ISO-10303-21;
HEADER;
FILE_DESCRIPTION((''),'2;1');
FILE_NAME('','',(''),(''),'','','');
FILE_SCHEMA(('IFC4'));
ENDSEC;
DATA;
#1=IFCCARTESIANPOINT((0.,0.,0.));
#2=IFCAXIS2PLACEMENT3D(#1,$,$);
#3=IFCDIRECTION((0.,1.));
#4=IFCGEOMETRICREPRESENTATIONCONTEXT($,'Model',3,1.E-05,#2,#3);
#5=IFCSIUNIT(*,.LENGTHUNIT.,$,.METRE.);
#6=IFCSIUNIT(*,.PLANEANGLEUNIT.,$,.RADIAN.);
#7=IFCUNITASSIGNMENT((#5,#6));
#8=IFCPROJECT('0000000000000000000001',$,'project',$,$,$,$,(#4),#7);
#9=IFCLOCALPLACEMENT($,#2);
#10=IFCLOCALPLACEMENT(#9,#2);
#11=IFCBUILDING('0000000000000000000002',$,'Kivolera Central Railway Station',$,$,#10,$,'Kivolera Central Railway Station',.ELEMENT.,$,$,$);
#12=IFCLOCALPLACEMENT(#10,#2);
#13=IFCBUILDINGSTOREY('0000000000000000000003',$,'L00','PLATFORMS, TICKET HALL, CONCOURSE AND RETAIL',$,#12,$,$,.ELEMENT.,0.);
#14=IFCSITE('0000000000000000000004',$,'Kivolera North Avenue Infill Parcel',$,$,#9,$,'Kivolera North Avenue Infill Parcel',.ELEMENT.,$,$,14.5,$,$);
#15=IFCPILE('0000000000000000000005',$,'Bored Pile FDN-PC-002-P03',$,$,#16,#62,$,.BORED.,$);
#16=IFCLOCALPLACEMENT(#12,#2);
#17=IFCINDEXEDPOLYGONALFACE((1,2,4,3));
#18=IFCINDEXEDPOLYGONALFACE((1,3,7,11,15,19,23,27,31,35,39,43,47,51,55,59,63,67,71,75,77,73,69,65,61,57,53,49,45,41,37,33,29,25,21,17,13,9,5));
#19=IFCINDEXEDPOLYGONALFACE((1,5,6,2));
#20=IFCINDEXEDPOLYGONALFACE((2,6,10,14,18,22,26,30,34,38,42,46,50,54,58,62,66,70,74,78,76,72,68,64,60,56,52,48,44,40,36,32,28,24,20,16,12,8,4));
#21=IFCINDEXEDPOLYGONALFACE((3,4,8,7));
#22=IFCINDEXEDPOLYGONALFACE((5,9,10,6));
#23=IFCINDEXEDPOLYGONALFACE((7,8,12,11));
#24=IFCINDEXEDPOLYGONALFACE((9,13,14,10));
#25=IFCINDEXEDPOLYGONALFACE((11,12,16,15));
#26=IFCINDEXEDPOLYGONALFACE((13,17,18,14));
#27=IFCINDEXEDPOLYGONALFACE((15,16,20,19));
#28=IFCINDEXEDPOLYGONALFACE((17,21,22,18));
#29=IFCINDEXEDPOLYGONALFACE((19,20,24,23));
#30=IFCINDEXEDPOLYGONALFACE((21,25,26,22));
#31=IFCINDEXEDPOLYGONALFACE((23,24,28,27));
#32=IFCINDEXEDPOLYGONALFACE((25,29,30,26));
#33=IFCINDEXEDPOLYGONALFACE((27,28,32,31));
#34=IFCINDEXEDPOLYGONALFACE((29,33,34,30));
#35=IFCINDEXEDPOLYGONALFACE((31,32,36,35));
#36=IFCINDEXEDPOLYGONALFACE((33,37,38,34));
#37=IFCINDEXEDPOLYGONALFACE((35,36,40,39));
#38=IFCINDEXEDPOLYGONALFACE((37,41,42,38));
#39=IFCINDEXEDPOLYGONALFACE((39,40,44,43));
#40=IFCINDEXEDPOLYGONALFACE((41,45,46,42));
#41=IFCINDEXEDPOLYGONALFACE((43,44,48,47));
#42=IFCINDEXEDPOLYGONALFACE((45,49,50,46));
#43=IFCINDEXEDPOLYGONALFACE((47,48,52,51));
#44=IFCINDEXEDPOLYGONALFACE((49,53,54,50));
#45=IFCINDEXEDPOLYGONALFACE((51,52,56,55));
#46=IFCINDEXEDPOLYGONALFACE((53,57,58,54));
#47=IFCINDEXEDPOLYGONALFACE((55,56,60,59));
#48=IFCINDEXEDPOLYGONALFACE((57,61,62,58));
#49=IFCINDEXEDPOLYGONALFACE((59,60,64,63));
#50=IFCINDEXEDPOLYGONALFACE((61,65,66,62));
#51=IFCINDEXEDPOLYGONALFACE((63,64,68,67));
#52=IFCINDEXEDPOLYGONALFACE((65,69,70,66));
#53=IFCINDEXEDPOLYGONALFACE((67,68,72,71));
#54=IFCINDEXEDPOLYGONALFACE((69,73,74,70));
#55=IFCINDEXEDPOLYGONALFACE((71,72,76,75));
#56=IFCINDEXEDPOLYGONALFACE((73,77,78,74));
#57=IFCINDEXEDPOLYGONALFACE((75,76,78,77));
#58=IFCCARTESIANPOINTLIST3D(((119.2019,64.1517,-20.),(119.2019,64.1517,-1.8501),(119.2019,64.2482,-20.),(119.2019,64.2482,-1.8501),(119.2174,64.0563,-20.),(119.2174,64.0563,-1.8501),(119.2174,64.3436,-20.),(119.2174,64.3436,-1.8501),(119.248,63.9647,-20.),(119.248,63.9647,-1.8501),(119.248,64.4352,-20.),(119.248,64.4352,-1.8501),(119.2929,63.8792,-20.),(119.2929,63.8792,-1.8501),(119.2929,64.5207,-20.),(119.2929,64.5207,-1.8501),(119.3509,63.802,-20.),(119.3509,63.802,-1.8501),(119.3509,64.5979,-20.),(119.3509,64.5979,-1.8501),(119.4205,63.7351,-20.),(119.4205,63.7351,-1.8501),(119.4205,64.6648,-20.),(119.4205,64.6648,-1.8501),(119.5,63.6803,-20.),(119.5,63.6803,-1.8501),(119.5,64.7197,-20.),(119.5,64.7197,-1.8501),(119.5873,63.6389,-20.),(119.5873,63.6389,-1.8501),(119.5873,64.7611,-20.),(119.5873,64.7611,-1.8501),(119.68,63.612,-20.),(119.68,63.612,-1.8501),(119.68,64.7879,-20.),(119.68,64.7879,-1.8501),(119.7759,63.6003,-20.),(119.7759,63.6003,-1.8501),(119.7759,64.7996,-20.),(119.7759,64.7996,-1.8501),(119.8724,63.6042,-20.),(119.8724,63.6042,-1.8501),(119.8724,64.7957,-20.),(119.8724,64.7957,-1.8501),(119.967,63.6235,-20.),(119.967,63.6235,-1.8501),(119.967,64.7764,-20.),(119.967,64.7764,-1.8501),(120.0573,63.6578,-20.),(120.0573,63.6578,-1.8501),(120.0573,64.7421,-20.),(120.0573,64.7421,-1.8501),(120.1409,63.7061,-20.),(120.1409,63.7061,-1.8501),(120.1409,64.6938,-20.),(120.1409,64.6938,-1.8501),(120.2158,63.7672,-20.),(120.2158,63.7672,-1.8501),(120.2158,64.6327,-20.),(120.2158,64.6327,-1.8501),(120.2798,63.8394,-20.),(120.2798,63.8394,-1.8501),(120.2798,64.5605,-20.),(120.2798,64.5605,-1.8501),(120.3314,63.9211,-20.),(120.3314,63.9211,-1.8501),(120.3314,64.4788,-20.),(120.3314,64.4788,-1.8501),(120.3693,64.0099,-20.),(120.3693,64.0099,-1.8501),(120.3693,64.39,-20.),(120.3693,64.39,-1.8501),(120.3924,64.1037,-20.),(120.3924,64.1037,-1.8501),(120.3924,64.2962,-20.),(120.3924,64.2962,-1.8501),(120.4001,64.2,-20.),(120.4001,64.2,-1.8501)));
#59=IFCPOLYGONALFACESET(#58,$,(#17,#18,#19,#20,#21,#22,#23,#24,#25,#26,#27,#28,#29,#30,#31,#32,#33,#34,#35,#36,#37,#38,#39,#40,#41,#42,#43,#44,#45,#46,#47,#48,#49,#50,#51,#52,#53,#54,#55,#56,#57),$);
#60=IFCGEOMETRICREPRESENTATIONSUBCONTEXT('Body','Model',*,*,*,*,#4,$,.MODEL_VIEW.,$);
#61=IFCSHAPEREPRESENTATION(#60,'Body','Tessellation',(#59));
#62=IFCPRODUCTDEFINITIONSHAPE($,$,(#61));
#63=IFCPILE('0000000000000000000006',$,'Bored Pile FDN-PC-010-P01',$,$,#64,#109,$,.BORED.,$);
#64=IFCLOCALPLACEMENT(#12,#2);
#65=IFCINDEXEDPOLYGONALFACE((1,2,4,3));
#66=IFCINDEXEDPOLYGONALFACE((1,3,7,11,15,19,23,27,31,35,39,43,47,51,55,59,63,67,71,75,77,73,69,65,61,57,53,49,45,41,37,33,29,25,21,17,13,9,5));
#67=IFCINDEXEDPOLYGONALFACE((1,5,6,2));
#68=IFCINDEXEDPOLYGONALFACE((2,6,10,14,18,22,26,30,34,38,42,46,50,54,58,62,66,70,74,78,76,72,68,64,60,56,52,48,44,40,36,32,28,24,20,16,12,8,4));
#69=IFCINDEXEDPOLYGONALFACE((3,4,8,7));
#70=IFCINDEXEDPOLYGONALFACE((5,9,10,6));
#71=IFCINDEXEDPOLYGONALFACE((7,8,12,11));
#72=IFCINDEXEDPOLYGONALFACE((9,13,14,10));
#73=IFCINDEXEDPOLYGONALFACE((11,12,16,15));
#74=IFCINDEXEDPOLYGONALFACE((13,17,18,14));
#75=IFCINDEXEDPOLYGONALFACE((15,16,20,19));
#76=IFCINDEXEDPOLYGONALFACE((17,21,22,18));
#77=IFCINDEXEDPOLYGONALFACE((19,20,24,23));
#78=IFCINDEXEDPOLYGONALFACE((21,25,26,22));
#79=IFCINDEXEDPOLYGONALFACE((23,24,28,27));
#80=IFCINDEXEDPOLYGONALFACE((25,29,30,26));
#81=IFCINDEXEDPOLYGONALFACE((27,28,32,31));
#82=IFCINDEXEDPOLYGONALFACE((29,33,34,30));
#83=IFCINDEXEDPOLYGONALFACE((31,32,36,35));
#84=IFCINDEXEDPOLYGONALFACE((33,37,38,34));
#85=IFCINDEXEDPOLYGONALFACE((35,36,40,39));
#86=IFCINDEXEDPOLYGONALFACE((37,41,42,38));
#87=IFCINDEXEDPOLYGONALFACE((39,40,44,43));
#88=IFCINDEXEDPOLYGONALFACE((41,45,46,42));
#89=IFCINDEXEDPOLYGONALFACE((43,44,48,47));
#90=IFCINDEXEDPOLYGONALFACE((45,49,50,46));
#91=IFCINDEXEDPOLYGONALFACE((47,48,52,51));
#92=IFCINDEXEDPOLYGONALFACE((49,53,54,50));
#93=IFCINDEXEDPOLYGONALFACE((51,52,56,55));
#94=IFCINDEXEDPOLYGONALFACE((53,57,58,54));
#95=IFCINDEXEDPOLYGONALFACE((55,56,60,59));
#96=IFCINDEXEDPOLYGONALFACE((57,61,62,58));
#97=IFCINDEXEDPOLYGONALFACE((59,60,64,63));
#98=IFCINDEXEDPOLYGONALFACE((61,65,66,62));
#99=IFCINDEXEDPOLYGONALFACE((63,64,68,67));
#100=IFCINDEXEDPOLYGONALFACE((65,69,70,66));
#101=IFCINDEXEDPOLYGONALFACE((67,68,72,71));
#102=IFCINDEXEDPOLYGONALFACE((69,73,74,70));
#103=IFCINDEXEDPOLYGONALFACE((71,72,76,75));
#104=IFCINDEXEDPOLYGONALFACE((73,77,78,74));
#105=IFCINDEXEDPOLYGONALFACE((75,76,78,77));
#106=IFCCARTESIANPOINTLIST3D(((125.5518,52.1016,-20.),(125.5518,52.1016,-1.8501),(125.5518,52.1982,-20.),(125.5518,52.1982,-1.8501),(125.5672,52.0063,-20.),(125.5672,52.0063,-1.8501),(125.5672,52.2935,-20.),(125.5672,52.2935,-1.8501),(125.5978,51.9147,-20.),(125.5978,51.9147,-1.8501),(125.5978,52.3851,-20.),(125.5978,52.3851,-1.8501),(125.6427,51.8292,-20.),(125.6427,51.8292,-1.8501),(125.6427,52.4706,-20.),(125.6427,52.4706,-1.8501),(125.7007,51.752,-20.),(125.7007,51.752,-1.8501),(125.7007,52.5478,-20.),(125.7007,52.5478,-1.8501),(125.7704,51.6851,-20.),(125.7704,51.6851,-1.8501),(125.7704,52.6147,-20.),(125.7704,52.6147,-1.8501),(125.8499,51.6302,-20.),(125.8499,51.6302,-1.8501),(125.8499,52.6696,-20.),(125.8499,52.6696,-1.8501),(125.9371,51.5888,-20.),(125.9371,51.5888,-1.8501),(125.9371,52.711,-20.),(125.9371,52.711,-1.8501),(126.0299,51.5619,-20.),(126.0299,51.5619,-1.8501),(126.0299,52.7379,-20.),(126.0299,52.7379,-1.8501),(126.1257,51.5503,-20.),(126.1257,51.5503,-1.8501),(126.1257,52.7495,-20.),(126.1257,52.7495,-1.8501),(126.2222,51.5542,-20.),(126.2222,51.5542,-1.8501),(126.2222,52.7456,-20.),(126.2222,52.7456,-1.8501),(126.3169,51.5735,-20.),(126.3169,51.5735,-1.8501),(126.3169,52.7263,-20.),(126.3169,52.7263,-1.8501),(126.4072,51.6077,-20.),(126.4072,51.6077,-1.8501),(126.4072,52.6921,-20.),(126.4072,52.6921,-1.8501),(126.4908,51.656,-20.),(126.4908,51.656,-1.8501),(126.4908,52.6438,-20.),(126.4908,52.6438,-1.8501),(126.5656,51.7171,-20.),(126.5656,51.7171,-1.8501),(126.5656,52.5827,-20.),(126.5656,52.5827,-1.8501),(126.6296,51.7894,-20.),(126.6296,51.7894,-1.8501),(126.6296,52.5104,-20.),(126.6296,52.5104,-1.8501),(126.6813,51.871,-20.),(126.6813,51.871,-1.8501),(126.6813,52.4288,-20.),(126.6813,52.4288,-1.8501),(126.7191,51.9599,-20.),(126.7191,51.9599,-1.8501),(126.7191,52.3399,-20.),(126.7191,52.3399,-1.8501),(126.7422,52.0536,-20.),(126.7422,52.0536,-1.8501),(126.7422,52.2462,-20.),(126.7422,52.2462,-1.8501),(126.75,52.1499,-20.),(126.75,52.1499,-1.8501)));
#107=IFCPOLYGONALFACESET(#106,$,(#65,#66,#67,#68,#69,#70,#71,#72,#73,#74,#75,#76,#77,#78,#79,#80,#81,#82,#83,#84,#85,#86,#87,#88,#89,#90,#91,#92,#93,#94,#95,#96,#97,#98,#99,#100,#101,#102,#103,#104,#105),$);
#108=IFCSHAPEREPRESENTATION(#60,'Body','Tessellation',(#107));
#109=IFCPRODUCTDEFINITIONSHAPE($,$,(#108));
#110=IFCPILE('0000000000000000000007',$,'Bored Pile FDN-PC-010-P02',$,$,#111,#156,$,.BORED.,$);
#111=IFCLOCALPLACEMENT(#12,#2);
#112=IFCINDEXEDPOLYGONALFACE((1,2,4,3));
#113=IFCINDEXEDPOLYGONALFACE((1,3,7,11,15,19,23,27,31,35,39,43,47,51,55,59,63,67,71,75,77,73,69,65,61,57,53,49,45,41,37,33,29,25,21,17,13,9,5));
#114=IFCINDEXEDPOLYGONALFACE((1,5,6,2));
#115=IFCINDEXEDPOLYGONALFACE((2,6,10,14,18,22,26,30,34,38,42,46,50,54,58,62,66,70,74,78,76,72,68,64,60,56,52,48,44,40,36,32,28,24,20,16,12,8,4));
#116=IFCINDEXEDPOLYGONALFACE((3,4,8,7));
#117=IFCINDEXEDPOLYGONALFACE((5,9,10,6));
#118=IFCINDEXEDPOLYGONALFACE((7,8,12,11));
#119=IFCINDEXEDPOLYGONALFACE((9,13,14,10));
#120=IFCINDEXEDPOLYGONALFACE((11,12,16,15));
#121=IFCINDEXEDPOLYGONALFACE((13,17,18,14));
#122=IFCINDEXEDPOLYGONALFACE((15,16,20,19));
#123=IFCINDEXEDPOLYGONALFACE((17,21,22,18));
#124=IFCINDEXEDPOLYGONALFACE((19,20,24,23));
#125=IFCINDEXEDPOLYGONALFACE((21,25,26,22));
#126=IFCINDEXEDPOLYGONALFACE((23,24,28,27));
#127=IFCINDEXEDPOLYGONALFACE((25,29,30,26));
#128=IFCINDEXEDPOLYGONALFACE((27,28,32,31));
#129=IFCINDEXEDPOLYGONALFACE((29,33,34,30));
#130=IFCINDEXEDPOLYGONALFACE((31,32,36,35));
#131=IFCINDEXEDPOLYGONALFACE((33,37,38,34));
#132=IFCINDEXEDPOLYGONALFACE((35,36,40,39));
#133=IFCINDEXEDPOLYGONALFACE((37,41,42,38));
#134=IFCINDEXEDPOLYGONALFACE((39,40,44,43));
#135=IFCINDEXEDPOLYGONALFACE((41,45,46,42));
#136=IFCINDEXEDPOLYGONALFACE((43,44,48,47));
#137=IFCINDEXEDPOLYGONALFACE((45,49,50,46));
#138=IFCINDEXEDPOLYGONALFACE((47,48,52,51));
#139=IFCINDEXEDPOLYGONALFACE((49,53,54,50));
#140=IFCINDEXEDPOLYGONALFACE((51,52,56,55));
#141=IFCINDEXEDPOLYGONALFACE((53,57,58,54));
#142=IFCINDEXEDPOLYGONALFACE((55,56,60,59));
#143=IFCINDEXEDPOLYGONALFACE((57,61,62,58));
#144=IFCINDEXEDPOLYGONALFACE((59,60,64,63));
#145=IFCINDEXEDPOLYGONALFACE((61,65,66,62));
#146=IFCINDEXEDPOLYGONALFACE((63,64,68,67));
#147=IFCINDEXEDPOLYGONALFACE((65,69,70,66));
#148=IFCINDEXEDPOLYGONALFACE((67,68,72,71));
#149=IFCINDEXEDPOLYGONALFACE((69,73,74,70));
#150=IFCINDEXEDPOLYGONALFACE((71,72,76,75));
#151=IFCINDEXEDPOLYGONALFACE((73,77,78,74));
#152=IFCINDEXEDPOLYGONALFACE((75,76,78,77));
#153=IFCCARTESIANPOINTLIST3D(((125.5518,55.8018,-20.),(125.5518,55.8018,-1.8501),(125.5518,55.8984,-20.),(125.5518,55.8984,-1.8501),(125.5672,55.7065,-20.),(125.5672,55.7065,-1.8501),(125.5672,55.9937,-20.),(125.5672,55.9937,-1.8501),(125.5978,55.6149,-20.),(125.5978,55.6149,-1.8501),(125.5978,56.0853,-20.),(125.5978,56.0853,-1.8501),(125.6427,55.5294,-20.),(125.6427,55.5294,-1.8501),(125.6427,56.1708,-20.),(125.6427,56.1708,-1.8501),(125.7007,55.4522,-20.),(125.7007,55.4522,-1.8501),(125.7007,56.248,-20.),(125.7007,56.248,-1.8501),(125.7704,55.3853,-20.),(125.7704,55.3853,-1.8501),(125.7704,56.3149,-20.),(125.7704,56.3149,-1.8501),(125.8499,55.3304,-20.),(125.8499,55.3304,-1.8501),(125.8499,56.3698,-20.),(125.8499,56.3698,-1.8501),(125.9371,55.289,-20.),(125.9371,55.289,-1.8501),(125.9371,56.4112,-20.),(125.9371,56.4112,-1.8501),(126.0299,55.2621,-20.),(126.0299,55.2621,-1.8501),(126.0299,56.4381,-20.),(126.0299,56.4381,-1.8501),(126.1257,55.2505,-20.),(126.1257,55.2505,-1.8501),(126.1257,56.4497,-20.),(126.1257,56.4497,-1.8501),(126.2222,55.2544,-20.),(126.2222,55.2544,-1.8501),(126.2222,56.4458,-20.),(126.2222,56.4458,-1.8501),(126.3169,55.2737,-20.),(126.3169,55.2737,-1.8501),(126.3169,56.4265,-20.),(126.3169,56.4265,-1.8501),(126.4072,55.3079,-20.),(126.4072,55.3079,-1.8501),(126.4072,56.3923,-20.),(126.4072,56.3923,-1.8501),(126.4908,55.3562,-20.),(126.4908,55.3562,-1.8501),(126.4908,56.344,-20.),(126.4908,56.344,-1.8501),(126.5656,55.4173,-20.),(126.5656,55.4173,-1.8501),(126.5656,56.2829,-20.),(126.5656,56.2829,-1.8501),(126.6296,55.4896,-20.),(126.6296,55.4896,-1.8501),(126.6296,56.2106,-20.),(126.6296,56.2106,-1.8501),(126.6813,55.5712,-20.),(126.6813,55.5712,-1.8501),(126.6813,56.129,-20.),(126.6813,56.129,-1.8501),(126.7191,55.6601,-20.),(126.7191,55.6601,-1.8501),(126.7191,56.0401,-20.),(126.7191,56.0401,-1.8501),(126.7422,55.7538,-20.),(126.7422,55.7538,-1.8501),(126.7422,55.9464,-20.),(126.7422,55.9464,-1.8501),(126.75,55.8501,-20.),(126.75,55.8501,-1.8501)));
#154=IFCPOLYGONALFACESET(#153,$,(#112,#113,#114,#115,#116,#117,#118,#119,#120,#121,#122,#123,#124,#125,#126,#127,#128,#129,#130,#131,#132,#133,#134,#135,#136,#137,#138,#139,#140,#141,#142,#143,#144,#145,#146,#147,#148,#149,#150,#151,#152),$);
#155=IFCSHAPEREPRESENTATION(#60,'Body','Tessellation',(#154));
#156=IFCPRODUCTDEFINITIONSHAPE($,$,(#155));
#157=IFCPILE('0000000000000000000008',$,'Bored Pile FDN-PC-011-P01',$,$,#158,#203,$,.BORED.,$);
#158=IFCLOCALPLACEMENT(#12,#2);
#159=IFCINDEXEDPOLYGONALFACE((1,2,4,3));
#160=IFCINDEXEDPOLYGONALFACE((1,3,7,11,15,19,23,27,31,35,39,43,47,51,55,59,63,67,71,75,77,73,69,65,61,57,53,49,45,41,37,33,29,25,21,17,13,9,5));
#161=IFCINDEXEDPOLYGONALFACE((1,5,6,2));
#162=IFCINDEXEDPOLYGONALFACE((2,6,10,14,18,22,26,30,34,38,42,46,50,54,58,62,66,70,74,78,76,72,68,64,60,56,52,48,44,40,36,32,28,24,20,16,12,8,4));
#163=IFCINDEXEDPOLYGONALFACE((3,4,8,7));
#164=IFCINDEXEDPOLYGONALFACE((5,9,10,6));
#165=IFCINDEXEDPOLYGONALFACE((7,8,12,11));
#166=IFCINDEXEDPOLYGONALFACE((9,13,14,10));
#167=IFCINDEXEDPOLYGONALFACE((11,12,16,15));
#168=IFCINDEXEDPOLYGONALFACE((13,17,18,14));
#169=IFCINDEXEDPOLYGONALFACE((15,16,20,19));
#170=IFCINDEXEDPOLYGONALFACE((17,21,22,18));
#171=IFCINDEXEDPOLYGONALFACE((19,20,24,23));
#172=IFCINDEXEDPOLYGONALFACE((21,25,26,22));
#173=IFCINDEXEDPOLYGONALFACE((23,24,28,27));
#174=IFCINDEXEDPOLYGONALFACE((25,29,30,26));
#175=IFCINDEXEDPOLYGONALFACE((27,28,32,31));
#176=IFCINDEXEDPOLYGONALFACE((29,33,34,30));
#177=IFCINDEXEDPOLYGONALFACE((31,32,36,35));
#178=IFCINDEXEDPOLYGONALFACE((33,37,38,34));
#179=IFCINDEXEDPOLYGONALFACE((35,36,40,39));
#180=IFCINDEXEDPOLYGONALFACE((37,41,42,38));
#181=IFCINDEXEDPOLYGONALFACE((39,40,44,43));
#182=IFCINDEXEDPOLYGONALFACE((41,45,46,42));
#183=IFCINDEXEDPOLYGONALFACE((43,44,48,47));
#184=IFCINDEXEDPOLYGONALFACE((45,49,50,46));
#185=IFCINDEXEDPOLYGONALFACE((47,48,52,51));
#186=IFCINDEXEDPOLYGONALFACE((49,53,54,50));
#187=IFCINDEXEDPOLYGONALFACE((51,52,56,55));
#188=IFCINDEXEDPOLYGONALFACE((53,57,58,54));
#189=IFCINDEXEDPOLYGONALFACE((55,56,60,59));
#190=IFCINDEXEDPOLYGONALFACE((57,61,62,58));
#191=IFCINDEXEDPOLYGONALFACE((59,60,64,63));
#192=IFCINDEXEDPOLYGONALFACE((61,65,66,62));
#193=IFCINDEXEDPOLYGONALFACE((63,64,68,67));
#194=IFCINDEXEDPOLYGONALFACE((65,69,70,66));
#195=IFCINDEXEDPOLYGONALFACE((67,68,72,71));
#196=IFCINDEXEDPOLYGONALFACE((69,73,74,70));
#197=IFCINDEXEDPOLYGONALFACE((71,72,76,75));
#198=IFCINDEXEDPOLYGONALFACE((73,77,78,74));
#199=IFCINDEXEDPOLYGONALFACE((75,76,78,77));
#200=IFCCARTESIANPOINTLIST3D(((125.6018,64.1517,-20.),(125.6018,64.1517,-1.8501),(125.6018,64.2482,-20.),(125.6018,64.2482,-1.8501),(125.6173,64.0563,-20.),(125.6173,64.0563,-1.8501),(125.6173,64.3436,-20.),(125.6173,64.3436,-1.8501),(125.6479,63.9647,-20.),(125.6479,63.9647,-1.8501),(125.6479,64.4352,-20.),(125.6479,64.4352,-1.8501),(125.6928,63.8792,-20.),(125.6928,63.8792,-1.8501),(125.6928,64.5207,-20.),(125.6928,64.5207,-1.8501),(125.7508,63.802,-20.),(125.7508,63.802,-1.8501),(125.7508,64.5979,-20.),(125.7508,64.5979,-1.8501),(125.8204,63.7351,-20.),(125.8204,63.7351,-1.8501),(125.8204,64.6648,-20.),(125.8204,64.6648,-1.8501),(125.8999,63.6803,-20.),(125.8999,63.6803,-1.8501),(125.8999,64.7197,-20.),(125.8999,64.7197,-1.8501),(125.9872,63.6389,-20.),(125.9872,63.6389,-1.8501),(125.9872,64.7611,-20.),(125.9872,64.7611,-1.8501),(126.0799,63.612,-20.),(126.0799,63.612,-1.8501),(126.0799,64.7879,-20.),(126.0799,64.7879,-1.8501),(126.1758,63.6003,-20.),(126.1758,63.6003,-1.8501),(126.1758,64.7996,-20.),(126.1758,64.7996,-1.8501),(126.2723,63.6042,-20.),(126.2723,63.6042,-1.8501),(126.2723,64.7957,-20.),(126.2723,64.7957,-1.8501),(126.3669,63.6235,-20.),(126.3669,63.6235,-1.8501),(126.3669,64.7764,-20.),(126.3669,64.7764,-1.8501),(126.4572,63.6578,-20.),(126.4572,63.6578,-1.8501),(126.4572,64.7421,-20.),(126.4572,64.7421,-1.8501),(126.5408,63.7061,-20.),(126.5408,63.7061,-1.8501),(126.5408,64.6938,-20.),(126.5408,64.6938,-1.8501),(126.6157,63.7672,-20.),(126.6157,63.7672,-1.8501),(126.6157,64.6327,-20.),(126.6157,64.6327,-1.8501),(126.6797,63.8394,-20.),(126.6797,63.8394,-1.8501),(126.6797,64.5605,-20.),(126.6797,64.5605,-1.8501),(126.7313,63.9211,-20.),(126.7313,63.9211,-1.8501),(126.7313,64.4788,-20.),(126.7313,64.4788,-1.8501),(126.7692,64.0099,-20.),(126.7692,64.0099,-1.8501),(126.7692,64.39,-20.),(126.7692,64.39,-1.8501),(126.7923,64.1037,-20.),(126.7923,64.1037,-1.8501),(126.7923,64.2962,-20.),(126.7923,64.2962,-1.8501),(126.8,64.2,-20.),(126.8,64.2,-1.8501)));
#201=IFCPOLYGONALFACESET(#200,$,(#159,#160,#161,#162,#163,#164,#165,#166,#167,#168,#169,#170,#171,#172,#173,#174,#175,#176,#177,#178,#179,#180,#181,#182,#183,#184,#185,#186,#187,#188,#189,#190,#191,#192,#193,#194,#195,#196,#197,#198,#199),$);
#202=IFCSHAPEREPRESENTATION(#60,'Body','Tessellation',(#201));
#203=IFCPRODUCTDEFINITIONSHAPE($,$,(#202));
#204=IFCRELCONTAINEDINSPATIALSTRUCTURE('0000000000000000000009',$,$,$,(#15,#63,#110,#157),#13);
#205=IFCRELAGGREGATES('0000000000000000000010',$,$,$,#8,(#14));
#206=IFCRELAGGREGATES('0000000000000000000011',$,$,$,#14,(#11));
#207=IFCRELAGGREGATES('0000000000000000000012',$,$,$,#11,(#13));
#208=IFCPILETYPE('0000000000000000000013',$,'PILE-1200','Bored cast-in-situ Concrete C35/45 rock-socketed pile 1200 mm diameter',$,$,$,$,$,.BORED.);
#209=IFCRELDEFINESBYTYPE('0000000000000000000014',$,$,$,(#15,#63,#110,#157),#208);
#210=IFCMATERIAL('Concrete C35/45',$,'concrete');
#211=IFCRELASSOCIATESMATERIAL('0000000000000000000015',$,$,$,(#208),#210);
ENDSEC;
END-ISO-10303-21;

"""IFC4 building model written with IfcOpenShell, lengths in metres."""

from ifc_helpers import new_model, si_unit, direction, frame, origin, origin_2d, place, context, subcontext, project, spatial, circle, extrude, material, material_profile, profile_set, type_object, element, save


model = new_model("IFC4")

# Units and contexts
model_context = context("Model", 3, precision=1e-05, world=origin(), true_north=direction((0.0, 1.0)))
body_context = subcontext(model_context, "Body", "Model", "MODEL_VIEW")
ifc_project = project(units=[si_unit("LENGTHUNIT", "METRE"), si_unit("PLANEANGLEUNIT", "RADIAN")], contexts=[model_context])

# Site, building, storey
site_placement = place(None, origin())
site = spatial("IfcSite", under=ifc_project, at=site_placement, Name="Kivolera North Avenue Infill Parcel", LongName="Kivolera North Avenue Infill Parcel", CompositionType="ELEMENT", RefElevation=14.5)
building_placement = place(site_placement, origin())
building = spatial("IfcBuilding", under=site, at=building_placement, Name="Kivolera Central Railway Station", LongName="Kivolera Central Railway Station", CompositionType="ELEMENT")
storey_placement = place(building_placement, origin())
storey = spatial("IfcBuildingStorey", under=building, at=storey_placement, Name="L00", Description="PLATFORMS, TICKET HALL, CONCOURSE AND RETAIL", CompositionType="ELEMENT", Elevation=0.0)

# Shared definitions
ifc_material_1 = material(Name="Concrete C35/45", Category="concrete")

# Piles
ifc_material_profile_1 = material_profile(ifc_material_1, circle(Radius=0.6001, at=origin_2d()), Name="PILE D1200")
ifc_profile_set_1 = profile_set([ifc_material_profile_1], Name="Concrete C35/45")
pile_type_1 = type_object("IfcPileType", Name="PILE-1200", Description="Bored cast-in-situ Concrete C35/45 rock-socketed pile 1200 mm diameter", PredefinedType="BORED", material=ifc_profile_set_1)
for number, where, z_axis, x_axis, name in (
    (1, (119.8, 64.2, -1.8501), (0.0, 0.0, -1.0), (1.0, 0.0, 0.0), "Bored Pile FDN-PC-002-P03"),
    (2, (126.1499, 52.1499, -1.8501), (0.0, 0.0, -1.0), (1.0, 0.0, 0.0), "Bored Pile FDN-PC-010-P01"),
    (3, (126.1499, 55.8501, -1.8501), (0.0, 0.0, -1.0), (1.0, 0.0, 0.0), "Bored Pile FDN-PC-010-P02"),
    (4, (126.2, 64.2, -1.8501), (0.0, 0.0, -1.0), (1.0, 0.0, 0.0), "Bored Pile FDN-PC-011-P01"),
):
    element("IfcPile", number, at=place(storey_placement, frame(where, z_axis=z_axis, x_axis=x_axis)), inside=storey, type_object=pile_type_1, Name=name, PredefinedType="BORED", context=body_context, shape_type="SweptSolid", body=[
        extrude(circle(Radius=0.6001, at=origin_2d()), origin(), (0.0, 0.0, 1.0), 18.1499),
    ])

save(model, "model.ifc")
